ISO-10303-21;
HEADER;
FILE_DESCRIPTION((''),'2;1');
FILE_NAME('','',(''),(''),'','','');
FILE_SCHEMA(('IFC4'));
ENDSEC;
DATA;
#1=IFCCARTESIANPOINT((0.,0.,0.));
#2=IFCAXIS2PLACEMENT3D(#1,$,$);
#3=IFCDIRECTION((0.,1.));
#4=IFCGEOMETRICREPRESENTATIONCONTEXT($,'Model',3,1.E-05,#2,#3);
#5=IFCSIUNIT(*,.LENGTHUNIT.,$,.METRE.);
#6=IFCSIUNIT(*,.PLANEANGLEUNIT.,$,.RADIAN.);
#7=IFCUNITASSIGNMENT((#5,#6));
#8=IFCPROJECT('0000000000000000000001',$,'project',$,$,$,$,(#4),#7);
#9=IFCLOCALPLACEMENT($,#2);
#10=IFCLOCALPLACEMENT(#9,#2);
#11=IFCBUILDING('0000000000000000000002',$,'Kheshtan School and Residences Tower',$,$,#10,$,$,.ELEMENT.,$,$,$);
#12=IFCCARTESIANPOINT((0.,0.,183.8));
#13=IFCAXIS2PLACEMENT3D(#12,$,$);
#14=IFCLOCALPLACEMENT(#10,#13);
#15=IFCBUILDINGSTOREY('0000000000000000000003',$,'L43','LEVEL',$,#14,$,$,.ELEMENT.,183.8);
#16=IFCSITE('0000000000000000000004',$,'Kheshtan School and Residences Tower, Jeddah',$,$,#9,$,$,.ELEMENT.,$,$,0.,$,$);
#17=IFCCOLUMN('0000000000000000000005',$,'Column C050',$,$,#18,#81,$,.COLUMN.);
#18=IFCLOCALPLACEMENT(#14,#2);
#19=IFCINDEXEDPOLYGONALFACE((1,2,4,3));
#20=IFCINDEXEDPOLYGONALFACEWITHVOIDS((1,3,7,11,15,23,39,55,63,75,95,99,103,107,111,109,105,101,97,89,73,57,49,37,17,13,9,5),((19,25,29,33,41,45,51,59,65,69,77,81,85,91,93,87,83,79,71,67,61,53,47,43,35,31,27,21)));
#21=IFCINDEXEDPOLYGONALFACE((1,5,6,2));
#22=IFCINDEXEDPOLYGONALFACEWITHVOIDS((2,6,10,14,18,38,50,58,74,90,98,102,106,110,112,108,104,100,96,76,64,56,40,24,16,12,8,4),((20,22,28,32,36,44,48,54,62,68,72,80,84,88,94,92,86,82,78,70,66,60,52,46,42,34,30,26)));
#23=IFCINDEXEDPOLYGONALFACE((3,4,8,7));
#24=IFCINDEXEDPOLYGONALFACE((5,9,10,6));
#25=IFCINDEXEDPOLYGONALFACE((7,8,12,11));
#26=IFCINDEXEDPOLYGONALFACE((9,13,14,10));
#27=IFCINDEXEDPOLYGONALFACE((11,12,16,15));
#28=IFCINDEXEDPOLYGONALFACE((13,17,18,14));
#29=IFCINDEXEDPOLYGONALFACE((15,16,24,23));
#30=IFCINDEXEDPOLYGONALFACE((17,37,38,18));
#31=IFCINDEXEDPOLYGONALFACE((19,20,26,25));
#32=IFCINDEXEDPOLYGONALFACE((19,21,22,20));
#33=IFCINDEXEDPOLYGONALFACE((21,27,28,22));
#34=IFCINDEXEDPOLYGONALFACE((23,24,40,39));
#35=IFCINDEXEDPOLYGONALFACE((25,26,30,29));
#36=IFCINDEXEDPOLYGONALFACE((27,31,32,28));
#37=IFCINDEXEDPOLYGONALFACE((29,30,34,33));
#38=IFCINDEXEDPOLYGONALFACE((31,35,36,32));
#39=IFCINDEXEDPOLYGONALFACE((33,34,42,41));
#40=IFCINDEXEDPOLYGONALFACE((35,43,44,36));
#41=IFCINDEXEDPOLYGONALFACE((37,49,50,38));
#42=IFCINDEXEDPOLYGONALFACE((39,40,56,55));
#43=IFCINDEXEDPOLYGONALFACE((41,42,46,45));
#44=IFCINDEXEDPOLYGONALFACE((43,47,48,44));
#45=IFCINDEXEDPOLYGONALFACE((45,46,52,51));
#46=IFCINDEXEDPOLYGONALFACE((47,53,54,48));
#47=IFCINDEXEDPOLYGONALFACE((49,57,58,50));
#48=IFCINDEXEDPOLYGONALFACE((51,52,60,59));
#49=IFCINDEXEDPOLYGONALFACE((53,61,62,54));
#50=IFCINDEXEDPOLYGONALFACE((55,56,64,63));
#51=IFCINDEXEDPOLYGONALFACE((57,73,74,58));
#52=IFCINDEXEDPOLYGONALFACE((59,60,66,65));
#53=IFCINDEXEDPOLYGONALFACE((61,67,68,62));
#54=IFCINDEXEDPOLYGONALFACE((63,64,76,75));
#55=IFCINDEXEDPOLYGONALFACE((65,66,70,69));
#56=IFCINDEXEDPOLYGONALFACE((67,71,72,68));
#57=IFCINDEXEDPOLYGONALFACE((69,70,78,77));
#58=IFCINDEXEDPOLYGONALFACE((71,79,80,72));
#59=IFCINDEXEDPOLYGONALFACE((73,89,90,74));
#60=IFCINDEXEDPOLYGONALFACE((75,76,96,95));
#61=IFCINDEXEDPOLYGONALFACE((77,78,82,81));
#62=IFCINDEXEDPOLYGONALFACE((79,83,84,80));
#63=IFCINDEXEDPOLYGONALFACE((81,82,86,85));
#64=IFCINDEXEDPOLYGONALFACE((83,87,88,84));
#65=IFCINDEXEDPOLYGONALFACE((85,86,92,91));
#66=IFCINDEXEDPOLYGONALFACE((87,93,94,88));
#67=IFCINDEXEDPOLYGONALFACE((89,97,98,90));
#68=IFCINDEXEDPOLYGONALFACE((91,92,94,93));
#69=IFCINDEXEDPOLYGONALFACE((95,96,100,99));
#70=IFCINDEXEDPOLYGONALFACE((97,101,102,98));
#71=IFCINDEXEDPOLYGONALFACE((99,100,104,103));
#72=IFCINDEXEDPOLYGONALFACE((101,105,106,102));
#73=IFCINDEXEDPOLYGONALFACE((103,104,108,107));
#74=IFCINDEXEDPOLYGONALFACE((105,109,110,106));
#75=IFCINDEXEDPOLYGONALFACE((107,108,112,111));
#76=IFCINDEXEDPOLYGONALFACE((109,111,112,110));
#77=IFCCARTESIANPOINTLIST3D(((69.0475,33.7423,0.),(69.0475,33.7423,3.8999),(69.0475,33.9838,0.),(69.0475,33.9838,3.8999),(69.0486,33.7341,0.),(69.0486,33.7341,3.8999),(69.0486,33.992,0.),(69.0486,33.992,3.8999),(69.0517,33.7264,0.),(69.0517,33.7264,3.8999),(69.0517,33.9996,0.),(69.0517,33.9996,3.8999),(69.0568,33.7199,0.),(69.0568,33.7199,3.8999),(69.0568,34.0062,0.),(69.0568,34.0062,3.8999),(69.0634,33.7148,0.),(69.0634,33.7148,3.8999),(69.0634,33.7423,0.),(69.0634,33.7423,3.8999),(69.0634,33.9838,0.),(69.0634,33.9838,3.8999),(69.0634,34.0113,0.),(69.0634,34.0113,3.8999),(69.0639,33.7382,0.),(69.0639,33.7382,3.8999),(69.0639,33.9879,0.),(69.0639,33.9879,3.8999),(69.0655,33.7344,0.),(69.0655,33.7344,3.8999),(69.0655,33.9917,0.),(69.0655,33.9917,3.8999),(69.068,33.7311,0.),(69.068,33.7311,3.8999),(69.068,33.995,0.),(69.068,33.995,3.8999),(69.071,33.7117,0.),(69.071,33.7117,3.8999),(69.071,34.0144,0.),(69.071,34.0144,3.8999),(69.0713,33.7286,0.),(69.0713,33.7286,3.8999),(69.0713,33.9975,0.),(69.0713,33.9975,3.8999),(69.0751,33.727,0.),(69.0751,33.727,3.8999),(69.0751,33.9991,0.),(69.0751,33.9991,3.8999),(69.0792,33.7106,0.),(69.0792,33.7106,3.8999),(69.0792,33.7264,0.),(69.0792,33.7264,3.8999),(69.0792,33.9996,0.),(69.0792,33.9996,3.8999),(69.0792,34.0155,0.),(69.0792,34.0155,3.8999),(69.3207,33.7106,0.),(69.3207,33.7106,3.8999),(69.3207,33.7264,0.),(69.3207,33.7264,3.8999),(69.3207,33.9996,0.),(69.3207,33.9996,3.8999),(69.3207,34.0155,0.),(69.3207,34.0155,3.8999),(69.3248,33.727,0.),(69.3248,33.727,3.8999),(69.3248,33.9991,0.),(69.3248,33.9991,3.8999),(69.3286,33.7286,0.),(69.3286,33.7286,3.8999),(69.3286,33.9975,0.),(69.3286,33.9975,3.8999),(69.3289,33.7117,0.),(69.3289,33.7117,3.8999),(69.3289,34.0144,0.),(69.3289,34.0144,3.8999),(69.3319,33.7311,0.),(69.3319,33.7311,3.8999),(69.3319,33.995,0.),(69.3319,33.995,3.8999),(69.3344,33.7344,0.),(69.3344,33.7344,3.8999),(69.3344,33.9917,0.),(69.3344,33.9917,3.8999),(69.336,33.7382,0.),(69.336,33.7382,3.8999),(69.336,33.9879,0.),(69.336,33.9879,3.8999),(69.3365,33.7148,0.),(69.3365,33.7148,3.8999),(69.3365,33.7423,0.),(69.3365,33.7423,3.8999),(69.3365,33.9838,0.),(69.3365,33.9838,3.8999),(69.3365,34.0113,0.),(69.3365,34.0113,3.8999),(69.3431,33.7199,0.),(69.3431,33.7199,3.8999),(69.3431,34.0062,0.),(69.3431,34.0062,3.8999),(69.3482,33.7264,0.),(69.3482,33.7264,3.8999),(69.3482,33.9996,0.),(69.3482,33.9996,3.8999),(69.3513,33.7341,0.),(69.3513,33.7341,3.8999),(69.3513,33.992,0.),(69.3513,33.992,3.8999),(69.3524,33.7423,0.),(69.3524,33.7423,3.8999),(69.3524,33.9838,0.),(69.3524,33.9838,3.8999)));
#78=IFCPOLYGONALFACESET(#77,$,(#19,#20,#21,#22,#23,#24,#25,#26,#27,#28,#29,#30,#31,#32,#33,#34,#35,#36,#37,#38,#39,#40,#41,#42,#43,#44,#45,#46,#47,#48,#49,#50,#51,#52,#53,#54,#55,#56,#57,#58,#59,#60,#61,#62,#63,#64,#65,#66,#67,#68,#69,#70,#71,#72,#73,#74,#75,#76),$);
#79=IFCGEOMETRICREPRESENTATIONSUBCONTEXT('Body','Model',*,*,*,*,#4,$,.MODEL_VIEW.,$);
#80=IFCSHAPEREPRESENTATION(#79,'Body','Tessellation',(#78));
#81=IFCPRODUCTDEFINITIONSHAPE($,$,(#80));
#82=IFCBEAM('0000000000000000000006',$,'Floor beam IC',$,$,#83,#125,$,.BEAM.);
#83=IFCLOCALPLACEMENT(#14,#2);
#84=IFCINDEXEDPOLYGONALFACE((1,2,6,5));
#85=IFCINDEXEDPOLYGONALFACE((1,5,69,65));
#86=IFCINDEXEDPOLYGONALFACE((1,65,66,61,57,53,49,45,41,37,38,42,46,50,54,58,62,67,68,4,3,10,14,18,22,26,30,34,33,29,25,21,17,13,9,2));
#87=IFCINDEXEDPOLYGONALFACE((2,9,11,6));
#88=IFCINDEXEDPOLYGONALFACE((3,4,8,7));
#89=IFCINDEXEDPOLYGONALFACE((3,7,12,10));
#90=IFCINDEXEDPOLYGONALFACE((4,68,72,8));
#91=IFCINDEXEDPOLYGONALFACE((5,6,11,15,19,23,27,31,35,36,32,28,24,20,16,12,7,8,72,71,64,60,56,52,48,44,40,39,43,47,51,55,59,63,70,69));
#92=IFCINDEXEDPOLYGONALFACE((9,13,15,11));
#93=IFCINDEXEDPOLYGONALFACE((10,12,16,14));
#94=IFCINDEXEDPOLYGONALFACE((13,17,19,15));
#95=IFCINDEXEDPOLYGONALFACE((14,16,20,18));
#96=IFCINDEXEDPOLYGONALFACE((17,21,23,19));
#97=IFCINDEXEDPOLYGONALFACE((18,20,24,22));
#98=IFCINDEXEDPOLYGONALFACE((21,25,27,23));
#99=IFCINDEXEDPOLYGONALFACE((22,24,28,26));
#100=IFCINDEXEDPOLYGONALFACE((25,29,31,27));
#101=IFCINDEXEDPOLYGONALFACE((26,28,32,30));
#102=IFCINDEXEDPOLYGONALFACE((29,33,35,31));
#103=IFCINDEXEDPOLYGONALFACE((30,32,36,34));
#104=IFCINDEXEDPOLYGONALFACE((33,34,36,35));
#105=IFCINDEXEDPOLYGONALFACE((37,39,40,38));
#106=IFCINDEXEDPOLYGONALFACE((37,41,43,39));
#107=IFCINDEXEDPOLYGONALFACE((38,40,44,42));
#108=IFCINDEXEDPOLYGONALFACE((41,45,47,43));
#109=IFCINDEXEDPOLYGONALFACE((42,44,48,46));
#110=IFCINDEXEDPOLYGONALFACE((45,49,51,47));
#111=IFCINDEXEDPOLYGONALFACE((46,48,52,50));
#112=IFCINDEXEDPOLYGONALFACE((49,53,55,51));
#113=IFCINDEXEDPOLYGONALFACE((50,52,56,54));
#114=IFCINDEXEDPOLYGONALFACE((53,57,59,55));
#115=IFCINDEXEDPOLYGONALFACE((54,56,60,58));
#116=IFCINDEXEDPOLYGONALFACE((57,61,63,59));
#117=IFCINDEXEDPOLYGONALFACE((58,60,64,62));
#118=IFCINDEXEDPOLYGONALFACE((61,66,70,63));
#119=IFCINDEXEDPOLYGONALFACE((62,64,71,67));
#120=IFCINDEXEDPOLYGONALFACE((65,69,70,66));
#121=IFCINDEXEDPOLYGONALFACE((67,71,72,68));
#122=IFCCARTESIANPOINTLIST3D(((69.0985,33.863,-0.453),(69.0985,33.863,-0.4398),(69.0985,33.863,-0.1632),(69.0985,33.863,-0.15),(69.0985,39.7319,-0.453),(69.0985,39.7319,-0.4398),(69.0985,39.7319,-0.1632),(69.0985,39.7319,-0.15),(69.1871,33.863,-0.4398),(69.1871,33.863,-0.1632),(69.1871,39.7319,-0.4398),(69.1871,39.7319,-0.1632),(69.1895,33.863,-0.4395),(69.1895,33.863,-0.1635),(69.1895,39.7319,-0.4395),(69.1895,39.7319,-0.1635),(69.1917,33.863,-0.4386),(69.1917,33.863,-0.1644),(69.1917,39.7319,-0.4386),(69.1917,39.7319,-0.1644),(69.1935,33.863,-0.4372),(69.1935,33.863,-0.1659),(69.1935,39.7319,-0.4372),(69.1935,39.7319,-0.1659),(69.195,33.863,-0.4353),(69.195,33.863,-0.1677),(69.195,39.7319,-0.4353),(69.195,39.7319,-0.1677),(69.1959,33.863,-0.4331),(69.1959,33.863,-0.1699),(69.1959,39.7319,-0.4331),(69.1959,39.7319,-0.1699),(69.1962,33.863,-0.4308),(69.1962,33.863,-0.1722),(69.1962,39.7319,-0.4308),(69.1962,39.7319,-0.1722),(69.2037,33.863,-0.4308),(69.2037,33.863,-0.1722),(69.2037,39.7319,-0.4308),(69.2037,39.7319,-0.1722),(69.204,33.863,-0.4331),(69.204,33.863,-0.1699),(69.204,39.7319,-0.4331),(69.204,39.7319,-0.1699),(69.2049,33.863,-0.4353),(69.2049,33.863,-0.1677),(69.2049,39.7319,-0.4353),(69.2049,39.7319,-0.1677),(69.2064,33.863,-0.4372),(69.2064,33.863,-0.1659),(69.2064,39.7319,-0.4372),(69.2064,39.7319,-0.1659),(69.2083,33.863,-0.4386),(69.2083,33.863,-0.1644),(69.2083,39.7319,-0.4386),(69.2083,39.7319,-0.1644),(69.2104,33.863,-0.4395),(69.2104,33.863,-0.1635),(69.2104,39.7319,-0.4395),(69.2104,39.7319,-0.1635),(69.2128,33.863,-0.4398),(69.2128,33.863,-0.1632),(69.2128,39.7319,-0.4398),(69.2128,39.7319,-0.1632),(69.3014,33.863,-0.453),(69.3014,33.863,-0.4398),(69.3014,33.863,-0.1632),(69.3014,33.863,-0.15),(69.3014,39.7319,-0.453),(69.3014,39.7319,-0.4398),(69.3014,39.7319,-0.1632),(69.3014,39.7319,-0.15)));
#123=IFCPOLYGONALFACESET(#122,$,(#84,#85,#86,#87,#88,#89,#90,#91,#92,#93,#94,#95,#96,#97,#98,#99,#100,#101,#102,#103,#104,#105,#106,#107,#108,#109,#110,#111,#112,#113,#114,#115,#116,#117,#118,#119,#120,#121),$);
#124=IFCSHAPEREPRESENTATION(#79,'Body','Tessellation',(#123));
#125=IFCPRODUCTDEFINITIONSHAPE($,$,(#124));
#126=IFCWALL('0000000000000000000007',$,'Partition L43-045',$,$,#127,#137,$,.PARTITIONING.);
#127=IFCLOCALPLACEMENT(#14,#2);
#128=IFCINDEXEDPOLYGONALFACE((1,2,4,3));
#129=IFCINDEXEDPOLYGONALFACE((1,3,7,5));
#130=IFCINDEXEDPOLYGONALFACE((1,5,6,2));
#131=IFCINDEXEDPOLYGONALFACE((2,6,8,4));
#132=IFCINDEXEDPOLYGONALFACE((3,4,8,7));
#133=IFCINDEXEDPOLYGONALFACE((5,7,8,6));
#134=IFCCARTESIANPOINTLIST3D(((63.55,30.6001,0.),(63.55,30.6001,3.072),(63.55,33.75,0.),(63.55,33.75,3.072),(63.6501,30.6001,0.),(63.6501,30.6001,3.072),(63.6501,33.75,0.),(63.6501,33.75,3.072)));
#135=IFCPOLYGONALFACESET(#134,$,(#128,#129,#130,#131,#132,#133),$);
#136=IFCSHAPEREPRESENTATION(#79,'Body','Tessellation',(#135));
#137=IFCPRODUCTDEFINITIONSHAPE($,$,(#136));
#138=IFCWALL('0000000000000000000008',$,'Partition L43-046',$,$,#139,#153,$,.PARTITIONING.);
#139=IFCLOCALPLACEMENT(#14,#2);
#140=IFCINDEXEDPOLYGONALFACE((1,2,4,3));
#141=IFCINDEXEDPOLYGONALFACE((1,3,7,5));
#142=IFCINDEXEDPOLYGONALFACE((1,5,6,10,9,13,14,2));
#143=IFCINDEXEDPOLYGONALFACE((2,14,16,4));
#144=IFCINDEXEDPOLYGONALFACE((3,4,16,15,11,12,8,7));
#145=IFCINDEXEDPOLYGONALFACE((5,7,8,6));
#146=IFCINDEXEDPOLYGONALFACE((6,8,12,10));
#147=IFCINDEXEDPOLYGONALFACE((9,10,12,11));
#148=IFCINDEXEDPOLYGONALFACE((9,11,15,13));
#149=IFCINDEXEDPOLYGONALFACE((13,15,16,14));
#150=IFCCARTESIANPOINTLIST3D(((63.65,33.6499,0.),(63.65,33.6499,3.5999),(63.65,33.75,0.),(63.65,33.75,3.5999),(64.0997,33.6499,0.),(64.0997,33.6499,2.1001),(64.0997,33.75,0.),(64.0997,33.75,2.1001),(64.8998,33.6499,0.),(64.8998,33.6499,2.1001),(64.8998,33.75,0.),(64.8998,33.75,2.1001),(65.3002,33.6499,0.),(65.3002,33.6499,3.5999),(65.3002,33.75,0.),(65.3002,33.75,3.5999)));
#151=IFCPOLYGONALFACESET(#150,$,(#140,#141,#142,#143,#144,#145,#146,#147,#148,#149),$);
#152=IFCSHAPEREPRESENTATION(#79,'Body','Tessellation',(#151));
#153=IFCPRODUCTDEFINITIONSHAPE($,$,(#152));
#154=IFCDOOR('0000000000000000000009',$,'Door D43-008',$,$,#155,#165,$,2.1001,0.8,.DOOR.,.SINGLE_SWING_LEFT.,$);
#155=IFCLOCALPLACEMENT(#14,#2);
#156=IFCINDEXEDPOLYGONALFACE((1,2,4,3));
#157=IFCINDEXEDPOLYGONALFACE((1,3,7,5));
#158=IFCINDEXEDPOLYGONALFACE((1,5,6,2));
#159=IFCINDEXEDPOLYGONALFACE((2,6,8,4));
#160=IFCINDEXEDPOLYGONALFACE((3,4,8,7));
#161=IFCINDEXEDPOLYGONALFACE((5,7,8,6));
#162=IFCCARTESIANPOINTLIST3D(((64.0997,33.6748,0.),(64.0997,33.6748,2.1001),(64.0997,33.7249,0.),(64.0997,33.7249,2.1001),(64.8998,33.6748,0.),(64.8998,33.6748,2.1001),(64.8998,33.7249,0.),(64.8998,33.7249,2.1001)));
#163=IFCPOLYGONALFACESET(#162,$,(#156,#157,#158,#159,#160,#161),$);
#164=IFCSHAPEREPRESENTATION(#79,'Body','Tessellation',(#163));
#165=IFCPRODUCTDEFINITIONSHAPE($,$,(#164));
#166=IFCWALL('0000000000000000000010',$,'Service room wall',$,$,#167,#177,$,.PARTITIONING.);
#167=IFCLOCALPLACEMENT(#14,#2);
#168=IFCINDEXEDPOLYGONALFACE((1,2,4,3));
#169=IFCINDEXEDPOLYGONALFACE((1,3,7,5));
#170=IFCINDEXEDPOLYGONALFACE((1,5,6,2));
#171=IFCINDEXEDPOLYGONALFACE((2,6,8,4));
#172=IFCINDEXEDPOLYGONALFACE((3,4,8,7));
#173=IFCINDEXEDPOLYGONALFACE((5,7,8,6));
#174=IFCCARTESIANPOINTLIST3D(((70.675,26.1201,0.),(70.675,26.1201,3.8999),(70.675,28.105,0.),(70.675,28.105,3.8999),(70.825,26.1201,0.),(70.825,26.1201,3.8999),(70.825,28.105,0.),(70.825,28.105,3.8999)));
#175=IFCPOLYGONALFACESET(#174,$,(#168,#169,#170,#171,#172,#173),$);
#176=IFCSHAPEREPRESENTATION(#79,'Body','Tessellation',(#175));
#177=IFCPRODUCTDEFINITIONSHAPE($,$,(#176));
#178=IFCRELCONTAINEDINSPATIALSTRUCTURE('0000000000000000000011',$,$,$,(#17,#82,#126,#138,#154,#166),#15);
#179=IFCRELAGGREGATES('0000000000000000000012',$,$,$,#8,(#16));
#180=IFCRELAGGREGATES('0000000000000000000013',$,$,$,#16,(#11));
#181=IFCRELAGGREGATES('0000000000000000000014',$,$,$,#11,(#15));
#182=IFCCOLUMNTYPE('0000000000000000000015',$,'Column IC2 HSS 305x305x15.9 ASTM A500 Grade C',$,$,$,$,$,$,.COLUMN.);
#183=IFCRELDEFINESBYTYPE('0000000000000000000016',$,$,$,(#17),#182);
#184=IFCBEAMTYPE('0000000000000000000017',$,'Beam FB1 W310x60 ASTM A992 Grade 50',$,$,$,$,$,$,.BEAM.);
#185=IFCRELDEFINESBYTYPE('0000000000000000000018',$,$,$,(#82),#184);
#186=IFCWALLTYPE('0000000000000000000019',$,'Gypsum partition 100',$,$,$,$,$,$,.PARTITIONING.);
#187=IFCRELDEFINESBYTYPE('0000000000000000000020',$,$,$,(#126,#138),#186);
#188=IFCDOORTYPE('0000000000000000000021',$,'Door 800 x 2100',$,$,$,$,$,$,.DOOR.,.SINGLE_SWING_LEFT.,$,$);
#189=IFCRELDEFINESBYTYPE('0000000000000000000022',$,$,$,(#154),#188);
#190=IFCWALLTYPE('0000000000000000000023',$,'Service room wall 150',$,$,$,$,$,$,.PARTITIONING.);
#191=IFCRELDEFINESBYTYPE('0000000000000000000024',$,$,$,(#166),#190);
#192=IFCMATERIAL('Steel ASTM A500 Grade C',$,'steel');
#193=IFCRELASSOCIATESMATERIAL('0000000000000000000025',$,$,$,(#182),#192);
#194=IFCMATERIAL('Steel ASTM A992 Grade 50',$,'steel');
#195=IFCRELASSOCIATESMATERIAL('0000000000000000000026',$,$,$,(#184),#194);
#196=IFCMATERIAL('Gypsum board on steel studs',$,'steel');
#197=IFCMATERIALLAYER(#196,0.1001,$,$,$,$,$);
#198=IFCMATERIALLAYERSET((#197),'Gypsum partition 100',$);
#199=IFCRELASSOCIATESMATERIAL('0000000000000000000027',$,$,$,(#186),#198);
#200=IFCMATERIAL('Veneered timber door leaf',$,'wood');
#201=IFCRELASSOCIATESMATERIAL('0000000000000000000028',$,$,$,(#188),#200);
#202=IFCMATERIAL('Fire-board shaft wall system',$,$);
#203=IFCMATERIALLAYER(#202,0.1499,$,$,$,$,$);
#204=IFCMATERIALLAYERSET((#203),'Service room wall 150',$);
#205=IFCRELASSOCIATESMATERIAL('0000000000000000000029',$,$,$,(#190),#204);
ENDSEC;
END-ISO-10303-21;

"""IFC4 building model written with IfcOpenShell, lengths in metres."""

from ifc_helpers import new_model, si_unit, direction, frame, frame_2d, origin, origin_2d, place, context, subcontext, project, spatial, rectangle, hollow_rectangle, i_section, extrude, source, transform, mapped, material, layer, layer_set, material_profile, profile_set, type_object, element, fill, save


model = new_model("IFC4")

# Units and contexts
model_context = context("Model", 3, precision=1e-05, world=origin(), true_north=direction((0.0, 1.0)))
body_context = subcontext(model_context, "Body", "Model", "MODEL_VIEW")
ifc_project = project(units=[si_unit("LENGTHUNIT", "METRE"), si_unit("PLANEANGLEUNIT", "RADIAN")], contexts=[model_context])

# Site, building, storey
site_placement = place(None, origin())
site = spatial("IfcSite", under=ifc_project, at=site_placement, Name="Kheshtan School and Residences Tower, Jeddah", CompositionType="ELEMENT", RefElevation=0.0)
building_placement = place(site_placement, origin())
building = spatial("IfcBuilding", under=site, at=building_placement, Name="Kheshtan School and Residences Tower", CompositionType="ELEMENT")
storey_placement = place(building_placement, frame((0.0, 0.0, 183.8)))
storey = spatial("IfcBuildingStorey", under=building, at=storey_placement, Name="L43", Description="LEVEL", CompositionType="ELEMENT", Elevation=183.8)

# Column
ifc_material_1 = material(Name="Steel ASTM A500 Grade C", Category="steel")
ifc_material_profile_1 = material_profile(ifc_material_1, hollow_rectangle(XDim=0.3049, YDim=0.3049, WallThickness=0.0159, InnerFilletRadius=0.0159, OuterFilletRadius=0.0317, at=origin_2d()), Name="HSS 305x305x15.9")
ifc_profile_set_1 = profile_set([ifc_material_profile_1], Name="Steel ASTM A500 Grade C")
column_type = type_object("IfcColumnType", Name="Column IC2 HSS 305x305x15.9 ASTM A500 Grade C", PredefinedType="COLUMN", material=ifc_profile_set_1)
column_placement = place(storey_placement, frame((69.2, 33.863, 0.0), z_axis=(0.0, 0.0, 1.0), x_axis=(1.0, 0.0, 0.0)))
element("IfcColumn", 1, at=column_placement, inside=storey, type_object=column_type, Name="Column C050", PredefinedType="COLUMN", context=body_context, shape_type="SweptSolid", body=[
    extrude(hollow_rectangle(XDim=0.3049, YDim=0.3049, WallThickness=0.0159, InnerFilletRadius=0.0159, OuterFilletRadius=0.0317, at=origin_2d()), origin(), (0.0, 0.0, 1.0), 3.8999),
])

# Beam
ifc_material_2 = material(Name="Steel ASTM A992 Grade 50", Category="steel")
ifc_material_profile_2 = material_profile(ifc_material_2, i_section(OverallWidth=0.2029, OverallDepth=0.303, WebThickness=0.0076, FlangeThickness=0.0132, FilletRadius=0.009, at=origin_2d()), Name="W310x60")
ifc_profile_set_2 = profile_set([ifc_material_profile_2], Name="Steel ASTM A992 Grade 50")
beam_type = type_object("IfcBeamType", Name="Beam FB1 W310x60 ASTM A992 Grade 50", PredefinedType="BEAM", material=ifc_profile_set_2)
beam_placement = place(storey_placement, frame((69.2, 33.863, -0.3015), z_axis=(0.0, 1.0, 0.0), x_axis=(-1.0, 0.0, 0.0)))
element("IfcBeam", 2, at=beam_placement, inside=storey, type_object=beam_type, Name="Floor beam IC", PredefinedType="BEAM", context=body_context, shape_type="SweptSolid", body=[
    extrude(i_section(OverallWidth=0.2029, OverallDepth=0.303, WebThickness=0.0076, FlangeThickness=0.0132, FilletRadius=0.009, at=origin_2d()), origin(), (0.0, 0.0, 1.0), 5.8689),
])

# Wall
ifc_material_3 = material(Name="Gypsum board on steel studs", Category="steel")
ifc_layer_1 = layer(ifc_material_3, 0.1001)
ifc_layer_set_1 = layer_set([ifc_layer_1], Name="Gypsum partition 100")
wall_type_1 = type_object("IfcWallType", Name="Gypsum partition 100", PredefinedType="PARTITIONING", material=ifc_layer_set_1)
wall_1_placement = place(storey_placement, frame((63.6001, 30.6001, 0.0), z_axis=(0.0, 0.0, 1.0), x_axis=(0.0, 1.0, 0.0)))
element("IfcWall", 3, at=wall_1_placement, inside=storey, type_object=wall_type_1, Name="Partition L43-045", PredefinedType="PARTITIONING", context=body_context, shape_type="SweptSolid", body=[
    extrude(rectangle(XDim=3.1499, YDim=0.1001, at=frame_2d((1.575, 0.0))), origin(), (0.0, 0.0, 1.0), 3.072),
])

# Wall, opening, door
wall_2_placement = place(storey_placement, frame((63.6499, 33.7, 0.0), z_axis=(0.0, 0.0, 1.0), x_axis=(1.0, 0.0, 0.0)))
wall_2 = element("IfcWall", 4, at=wall_2_placement, inside=storey, type_object=wall_type_1, Name="Partition L43-046", PredefinedType="PARTITIONING", context=body_context, shape_type="SweptSolid", body=[
    extrude(rectangle(XDim=1.6501, YDim=0.1001, at=frame_2d((0.8252, 0.0))), origin(), (0.0, 0.0, 1.0), 3.5999),
])
opening_1_placement = place(wall_2_placement, frame((0.45, 0.0, 0.0)))
opening_1 = element("IfcOpeningElement", 5, at=opening_1_placement, cuts=wall_2, PredefinedType="OPENING", context=body_context, shape_type="SweptSolid", body=[
    extrude(rectangle(XDim=0.8, YDim=2.1001, at=frame_2d((0.3999, 1.05))), frame((0.0, 0.0601, 0.0), z_axis=(0.0, -1.0, 0.0), x_axis=(1.0, 0.0, 0.0)), (0.0, 0.0, 1.0), 0.1201),
])
ifc_material_4 = material(Name="Veneered timber door leaf", Category="wood")
door_type_1 = type_object("IfcDoorType", Name="Door 800 x 2100", OperationType="SINGLE_SWING_LEFT", PredefinedType="DOOR", material=ifc_material_4)
shared_shape_1 = source(origin(), body_context, "Body", "SweptSolid", [
    extrude(rectangle(XDim=0.8, YDim=2.1001, at=frame_2d((0.3999, 1.05))), frame((0.0, 0.0249, 0.0), z_axis=(0.0, -1.0, 0.0), x_axis=(1.0, 0.0, 0.0)), (0.0, 0.0, 1.0), 0.05),
])
door_1_placement = place(opening_1_placement, origin())
door_1 = element("IfcDoor", 6, at=door_1_placement, inside=storey, type_object=door_type_1, Name="Door D43-008", OperationType="SINGLE_SWING_LEFT", OverallHeight=2.1001, OverallWidth=0.8, PredefinedType="DOOR", context=body_context, shape_type="MappedRepresentation", body=[
    mapped(shared_shape_1, transform((0.0, 0.0, 0.0), x_axis=(1.0, 0.0, 0.0), y_axis=(0.0, 1.0, 0.0), z_axis=(0.0, 0.0, 1.0), scale=1.0)),
])
fill(opening_1, door_1)

# Wall
ifc_material_5 = material(Name="Fire-board shaft wall system")
ifc_layer_2 = layer(ifc_material_5, 0.1499)
ifc_layer_set_2 = layer_set([ifc_layer_2], Name="Service room wall 150")
wall_type_2 = type_object("IfcWallType", Name="Service room wall 150", PredefinedType="PARTITIONING", material=ifc_layer_set_2)
wall_3_placement = place(storey_placement, frame((70.75, 26.1201, 0.0), z_axis=(0.0, 0.0, 1.0), x_axis=(0.0, 1.0, 0.0)))
element("IfcWall", 7, at=wall_3_placement, inside=storey, type_object=wall_type_2, Name="Service room wall", PredefinedType="PARTITIONING", context=body_context, shape_type="SweptSolid", body=[
    extrude(rectangle(XDim=1.9849, YDim=0.1499, at=frame_2d((0.9924, 0.0))), origin(), (0.0, 0.0, 1.0), 3.8999),
])

save(model, "model.ifc")
